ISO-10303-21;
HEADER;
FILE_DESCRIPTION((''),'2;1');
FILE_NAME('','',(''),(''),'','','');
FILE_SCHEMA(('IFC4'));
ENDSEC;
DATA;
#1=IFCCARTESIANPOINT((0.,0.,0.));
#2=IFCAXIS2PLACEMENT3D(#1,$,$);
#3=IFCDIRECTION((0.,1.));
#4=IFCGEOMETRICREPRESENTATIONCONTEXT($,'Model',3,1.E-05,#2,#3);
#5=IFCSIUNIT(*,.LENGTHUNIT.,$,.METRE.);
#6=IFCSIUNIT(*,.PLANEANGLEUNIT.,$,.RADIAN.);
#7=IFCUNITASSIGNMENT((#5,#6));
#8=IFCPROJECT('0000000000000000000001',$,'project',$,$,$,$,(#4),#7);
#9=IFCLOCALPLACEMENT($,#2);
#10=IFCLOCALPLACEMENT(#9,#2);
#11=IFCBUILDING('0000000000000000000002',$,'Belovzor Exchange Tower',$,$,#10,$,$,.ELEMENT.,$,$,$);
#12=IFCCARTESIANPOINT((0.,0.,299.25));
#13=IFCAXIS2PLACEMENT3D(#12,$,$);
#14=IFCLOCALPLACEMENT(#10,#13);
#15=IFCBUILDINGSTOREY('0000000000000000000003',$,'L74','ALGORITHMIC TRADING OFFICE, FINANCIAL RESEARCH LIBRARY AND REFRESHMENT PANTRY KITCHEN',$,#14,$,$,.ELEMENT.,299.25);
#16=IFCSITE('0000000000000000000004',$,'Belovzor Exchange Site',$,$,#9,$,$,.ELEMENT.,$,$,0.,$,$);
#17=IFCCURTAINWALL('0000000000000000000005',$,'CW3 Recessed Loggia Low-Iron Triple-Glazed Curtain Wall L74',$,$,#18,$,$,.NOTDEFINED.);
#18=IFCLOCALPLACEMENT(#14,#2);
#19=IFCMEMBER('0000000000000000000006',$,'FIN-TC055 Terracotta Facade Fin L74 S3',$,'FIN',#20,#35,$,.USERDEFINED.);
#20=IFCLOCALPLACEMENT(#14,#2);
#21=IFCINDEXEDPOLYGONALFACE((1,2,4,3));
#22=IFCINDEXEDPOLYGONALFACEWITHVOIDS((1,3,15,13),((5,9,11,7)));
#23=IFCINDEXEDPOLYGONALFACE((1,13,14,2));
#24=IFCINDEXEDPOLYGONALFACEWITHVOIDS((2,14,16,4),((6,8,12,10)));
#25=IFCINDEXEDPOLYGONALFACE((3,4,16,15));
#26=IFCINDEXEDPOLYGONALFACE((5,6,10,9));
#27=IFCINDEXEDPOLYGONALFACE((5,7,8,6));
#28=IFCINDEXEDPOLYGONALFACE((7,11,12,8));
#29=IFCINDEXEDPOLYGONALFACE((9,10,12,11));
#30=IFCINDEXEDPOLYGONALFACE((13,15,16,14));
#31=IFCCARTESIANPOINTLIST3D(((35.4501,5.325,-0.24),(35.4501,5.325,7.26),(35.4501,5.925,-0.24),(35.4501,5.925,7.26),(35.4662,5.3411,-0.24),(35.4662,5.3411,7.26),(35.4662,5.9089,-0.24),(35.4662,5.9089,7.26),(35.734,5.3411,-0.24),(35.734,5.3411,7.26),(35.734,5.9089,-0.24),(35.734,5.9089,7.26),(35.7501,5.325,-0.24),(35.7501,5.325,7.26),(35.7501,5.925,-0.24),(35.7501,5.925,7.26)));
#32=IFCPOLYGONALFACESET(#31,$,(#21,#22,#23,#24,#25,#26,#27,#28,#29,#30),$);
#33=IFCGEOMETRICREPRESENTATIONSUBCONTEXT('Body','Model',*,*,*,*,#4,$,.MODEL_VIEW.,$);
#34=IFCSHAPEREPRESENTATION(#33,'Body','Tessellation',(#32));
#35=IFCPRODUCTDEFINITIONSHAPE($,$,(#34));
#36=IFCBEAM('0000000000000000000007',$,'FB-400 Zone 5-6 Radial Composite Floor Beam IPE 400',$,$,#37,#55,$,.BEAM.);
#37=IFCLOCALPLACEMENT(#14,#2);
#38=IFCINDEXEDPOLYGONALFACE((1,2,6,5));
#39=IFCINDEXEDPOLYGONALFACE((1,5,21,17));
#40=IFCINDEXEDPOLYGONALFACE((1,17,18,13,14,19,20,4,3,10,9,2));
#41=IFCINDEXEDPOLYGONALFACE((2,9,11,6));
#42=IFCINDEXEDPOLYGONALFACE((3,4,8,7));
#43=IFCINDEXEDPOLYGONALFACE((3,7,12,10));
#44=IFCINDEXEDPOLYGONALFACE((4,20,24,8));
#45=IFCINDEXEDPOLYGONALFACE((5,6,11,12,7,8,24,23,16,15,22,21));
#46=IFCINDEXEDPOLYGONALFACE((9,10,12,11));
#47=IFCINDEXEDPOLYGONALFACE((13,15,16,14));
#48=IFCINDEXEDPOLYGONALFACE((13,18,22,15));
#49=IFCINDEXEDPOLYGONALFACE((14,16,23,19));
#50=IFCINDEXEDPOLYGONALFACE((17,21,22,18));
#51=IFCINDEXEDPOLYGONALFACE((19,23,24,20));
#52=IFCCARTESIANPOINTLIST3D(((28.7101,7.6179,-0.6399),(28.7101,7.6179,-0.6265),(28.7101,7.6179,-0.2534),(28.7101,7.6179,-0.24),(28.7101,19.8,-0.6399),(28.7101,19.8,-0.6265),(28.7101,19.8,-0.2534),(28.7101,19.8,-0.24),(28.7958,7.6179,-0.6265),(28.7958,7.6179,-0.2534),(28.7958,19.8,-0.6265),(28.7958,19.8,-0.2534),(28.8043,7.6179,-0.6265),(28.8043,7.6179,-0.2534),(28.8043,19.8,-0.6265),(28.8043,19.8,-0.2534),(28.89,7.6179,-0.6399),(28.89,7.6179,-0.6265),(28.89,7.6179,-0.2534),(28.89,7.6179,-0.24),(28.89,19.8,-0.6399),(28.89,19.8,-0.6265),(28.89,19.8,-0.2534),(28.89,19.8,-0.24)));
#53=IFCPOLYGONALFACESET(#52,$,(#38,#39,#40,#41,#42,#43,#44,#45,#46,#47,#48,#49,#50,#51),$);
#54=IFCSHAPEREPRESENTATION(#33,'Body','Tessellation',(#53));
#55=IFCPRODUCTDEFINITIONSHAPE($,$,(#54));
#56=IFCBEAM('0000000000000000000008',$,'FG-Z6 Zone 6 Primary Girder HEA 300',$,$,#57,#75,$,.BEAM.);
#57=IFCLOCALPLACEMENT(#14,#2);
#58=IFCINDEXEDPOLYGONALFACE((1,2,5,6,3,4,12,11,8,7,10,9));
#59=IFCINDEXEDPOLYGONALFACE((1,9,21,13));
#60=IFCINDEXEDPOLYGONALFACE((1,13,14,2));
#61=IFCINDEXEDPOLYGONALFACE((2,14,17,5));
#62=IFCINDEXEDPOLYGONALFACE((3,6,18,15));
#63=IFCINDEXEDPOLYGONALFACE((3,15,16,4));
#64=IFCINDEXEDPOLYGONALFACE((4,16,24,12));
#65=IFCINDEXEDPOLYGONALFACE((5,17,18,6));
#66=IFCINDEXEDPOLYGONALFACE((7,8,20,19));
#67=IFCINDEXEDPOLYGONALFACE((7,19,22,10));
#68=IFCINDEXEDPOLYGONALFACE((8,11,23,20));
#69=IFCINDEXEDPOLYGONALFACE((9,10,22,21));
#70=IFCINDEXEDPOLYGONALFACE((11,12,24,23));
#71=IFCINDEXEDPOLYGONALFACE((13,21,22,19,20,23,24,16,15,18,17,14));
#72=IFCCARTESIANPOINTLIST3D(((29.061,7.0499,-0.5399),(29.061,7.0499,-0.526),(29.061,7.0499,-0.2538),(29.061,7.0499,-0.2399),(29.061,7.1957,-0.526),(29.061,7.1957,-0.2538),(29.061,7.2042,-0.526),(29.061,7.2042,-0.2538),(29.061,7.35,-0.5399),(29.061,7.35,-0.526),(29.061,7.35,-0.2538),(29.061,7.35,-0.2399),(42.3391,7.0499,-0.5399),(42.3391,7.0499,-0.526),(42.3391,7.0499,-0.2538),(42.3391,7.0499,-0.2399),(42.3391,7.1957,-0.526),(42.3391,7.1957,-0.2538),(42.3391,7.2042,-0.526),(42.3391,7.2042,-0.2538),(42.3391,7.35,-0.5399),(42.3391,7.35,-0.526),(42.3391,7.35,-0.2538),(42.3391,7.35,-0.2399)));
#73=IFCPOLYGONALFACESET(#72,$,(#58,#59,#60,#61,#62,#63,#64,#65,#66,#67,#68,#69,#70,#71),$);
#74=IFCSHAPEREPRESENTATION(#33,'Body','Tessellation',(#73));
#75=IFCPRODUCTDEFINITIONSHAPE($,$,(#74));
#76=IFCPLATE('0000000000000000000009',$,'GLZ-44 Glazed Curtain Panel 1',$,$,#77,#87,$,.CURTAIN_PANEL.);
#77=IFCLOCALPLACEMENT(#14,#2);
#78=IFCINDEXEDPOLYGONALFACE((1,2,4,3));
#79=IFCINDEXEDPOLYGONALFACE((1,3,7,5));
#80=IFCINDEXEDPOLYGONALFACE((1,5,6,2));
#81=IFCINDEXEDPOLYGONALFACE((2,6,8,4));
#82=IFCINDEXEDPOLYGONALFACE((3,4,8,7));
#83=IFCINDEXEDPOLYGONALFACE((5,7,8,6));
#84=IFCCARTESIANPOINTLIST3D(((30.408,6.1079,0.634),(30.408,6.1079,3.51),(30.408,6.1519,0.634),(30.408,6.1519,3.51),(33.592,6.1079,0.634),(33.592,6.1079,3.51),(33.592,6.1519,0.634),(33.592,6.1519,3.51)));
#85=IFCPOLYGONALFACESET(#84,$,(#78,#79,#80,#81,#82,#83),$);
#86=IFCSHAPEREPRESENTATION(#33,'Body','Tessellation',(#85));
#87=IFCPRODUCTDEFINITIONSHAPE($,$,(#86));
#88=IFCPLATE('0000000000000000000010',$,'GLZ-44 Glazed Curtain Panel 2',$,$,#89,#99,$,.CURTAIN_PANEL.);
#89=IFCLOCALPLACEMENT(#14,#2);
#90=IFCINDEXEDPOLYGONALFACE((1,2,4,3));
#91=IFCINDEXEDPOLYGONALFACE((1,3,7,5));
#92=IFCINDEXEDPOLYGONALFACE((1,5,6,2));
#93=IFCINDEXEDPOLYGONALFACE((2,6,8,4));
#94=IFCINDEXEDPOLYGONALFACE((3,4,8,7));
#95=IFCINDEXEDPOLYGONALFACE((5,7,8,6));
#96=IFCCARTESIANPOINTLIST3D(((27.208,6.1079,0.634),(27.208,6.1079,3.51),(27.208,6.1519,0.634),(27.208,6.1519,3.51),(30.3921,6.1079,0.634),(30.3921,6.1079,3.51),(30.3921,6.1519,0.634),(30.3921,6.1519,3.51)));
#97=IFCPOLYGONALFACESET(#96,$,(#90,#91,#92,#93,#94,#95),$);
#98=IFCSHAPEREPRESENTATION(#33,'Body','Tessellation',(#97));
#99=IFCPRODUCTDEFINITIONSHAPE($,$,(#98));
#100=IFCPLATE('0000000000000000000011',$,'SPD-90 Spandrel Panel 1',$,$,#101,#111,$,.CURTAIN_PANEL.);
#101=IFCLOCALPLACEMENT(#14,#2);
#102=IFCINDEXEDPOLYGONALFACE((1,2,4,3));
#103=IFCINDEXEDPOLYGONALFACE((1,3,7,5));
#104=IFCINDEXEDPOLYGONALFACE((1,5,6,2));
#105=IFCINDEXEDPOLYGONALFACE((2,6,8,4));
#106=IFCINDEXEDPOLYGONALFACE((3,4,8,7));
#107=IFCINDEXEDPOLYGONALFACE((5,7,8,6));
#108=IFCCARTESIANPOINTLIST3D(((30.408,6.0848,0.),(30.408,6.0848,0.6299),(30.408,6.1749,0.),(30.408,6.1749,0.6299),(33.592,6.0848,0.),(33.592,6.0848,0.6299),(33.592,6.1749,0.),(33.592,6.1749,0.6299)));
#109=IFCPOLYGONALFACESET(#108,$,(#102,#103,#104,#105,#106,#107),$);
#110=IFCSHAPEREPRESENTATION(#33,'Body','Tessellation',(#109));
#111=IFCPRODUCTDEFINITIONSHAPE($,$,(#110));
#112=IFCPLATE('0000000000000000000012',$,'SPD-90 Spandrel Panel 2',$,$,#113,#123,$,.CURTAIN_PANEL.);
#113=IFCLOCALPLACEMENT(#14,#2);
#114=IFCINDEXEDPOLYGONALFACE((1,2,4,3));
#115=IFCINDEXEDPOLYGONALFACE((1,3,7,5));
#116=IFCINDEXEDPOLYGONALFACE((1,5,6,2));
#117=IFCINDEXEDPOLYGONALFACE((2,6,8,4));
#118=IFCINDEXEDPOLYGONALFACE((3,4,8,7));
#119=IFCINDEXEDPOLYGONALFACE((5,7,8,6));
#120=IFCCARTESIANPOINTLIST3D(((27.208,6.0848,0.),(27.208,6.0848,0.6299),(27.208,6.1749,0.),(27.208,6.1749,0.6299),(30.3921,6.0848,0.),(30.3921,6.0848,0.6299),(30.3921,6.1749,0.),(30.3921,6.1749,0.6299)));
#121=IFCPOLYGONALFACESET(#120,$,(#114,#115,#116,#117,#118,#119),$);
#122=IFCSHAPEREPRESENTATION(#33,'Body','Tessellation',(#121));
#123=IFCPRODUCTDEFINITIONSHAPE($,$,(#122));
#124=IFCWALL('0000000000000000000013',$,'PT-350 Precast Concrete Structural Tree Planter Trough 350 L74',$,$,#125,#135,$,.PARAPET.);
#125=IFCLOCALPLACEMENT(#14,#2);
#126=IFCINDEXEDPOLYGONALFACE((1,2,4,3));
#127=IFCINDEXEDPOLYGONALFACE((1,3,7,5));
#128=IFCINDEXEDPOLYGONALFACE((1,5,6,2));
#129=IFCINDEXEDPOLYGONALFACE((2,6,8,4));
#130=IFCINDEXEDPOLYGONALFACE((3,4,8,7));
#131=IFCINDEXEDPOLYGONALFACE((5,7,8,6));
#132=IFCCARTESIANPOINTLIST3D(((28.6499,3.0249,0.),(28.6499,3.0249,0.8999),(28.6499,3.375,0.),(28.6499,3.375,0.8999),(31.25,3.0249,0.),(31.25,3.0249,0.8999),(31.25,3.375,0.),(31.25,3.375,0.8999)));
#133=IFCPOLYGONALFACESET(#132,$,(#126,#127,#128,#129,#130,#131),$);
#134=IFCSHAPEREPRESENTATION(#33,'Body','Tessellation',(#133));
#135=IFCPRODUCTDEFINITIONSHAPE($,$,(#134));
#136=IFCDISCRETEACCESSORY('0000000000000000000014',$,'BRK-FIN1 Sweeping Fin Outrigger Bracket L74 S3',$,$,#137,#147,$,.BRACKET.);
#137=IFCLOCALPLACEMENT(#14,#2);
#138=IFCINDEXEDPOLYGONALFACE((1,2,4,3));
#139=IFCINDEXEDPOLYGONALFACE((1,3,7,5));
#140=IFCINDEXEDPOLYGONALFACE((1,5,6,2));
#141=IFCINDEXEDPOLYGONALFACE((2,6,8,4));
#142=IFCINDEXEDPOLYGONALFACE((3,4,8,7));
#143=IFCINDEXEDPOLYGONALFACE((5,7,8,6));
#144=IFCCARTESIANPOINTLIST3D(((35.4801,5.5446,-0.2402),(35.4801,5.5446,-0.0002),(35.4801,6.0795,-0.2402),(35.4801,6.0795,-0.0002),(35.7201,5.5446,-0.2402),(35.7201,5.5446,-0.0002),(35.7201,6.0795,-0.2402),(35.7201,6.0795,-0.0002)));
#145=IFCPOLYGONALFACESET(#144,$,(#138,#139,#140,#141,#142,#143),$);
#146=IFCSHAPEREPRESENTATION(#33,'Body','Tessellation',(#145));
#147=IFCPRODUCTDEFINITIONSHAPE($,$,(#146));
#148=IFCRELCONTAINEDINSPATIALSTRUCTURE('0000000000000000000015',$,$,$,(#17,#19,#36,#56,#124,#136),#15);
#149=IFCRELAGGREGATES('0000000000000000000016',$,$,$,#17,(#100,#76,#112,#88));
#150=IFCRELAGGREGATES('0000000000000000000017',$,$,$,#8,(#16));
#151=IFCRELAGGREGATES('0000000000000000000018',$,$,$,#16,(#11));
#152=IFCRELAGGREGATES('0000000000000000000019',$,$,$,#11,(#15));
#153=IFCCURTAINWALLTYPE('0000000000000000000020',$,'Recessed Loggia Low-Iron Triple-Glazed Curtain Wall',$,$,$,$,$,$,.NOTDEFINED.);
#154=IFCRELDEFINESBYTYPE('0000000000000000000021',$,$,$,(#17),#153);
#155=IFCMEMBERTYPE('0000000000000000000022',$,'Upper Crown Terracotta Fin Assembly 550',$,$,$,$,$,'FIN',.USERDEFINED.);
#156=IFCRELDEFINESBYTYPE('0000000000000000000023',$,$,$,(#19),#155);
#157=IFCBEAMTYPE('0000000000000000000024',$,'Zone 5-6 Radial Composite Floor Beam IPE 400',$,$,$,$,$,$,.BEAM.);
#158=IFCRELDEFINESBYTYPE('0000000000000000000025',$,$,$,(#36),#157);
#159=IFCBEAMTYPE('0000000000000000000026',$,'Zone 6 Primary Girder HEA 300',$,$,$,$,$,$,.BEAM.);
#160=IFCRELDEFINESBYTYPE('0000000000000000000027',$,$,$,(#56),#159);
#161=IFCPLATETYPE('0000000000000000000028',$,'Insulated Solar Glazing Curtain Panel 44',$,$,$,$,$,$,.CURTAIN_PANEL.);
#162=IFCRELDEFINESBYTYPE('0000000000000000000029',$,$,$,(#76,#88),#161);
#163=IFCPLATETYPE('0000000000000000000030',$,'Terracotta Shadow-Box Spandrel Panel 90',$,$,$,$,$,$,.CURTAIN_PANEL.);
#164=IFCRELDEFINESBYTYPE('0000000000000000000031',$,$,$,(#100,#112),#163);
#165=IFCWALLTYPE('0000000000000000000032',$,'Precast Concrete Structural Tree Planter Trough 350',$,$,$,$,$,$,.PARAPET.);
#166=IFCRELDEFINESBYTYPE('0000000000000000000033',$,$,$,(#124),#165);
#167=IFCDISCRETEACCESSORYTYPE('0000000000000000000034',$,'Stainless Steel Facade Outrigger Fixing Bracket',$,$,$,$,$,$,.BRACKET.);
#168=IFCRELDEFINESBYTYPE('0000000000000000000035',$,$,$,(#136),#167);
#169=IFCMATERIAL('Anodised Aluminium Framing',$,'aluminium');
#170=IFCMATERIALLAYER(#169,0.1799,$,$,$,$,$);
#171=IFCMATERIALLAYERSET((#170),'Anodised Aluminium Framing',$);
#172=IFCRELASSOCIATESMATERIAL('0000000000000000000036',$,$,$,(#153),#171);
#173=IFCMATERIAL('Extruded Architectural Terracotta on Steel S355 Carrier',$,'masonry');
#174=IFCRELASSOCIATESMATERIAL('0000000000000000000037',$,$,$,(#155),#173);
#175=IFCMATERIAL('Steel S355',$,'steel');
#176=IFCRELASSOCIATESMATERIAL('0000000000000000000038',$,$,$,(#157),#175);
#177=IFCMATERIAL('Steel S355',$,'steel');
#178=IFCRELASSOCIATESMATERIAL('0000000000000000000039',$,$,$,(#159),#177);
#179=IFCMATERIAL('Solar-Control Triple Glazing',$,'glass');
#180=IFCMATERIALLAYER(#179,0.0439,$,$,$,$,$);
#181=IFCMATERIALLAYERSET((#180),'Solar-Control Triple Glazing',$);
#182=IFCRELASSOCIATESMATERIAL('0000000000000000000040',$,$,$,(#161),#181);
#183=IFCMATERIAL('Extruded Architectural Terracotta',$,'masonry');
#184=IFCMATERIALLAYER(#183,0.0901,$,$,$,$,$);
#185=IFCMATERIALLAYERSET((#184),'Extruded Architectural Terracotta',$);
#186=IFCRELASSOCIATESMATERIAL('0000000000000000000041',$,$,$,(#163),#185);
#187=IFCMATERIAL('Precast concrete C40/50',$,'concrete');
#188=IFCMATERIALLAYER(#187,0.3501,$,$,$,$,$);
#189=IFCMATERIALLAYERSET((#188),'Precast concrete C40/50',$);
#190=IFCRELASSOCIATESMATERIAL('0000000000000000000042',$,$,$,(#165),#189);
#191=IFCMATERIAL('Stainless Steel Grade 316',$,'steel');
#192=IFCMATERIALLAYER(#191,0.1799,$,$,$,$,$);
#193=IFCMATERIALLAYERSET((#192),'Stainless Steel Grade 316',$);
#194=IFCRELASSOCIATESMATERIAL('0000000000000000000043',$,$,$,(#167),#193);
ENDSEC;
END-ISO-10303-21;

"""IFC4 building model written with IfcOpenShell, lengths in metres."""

from ifc_helpers import new_model, si_unit, direction, frame, frame_2d, origin, origin_2d, place, context, subcontext, project, spatial, rectangle, hollow_rectangle, i_section, extrude, material, layer, layer_set, material_profile, profile_set, type_object, element, aggregate, save


model = new_model("IFC4")

# Units and contexts
model_context = context("Model", 3, precision=1e-05, world=origin(), true_north=direction((0.0, 1.0)))
body_context = subcontext(model_context, "Body", "Model", "MODEL_VIEW")
ifc_project = project(units=[si_unit("LENGTHUNIT", "METRE"), si_unit("PLANEANGLEUNIT", "RADIAN")], contexts=[model_context])

# Site, building, storey
site_placement = place(None, origin())
site = spatial("IfcSite", under=ifc_project, at=site_placement, Name="Belovzor Exchange Site", CompositionType="ELEMENT", RefElevation=0.0)
building_placement = place(site_placement, origin())
building = spatial("IfcBuilding", under=site, at=building_placement, Name="Belovzor Exchange Tower", CompositionType="ELEMENT")
storey_placement = place(building_placement, frame((0.0, 0.0, 299.25)))
storey = spatial("IfcBuildingStorey", under=building, at=storey_placement, Name="L74", Description="ALGORITHMIC TRADING OFFICE, FINANCIAL RESEARCH LIBRARY AND REFRESHMENT PANTRY KITCHEN", CompositionType="ELEMENT", Elevation=299.25)

# Curtain wall
ifc_material_1 = material(Name="Anodised Aluminium Framing", Category="aluminium")
ifc_layer_1 = layer(ifc_material_1, 0.1799)
ifc_layer_set_1 = layer_set([ifc_layer_1], Name="Anodised Aluminium Framing")
curtain_wall_type = type_object("IfcCurtainWallType", Name="Recessed Loggia Low-Iron Triple-Glazed Curtain Wall", PredefinedType="NOTDEFINED", material=ifc_layer_set_1)
curtain_wall_placement = place(storey_placement, origin())
curtain_wall = element("IfcCurtainWall", 1, at=curtain_wall_placement, inside=storey, type_object=curtain_wall_type, Name="CW3 Recessed Loggia Low-Iron Triple-Glazed Curtain Wall L74", PredefinedType="NOTDEFINED")

# Member
ifc_material_2 = material(Name="Extruded Architectural Terracotta on Steel S355 Carrier", Category="masonry")
ifc_material_profile_1 = material_profile(ifc_material_2, hollow_rectangle(XDim=0.3, YDim=0.6001, WallThickness=0.0161, at=origin_2d()))
ifc_profile_set_1 = profile_set([ifc_material_profile_1], Name="Extruded Architectural Terracotta on Steel S355 Carrier")
member_type_1 = type_object("IfcMemberType", Name="Upper Crown Terracotta Fin Assembly 550", ElementType="FIN", PredefinedType="USERDEFINED", material=ifc_profile_set_1)
member_1_placement = place(storey_placement, frame((35.6001, 5.625, -0.24), z_axis=(0.0, 0.0, 1.0), x_axis=(1.0, 0.0, 0.0)))
element("IfcMember", 2, at=member_1_placement, inside=storey, type_object=member_type_1, Name="FIN-TC055 Terracotta Facade Fin L74 S3", ObjectType="FIN", PredefinedType="USERDEFINED", context=body_context, shape_type="SweptSolid", body=[
    extrude(hollow_rectangle(XDim=0.3, YDim=0.6001, WallThickness=0.0161, at=origin_2d()), origin(), (0.0, 0.0, 1.0), 7.5),
])

# Beams
ifc_material_3 = material(Name="Steel S355", Category="steel")
ifc_material_profile_2 = material_profile(ifc_material_3, i_section(OverallWidth=0.1799, OverallDepth=0.3999, WebThickness=0.0085, FlangeThickness=0.0134, at=origin_2d()))
ifc_profile_set_2 = profile_set([ifc_material_profile_2], Name="Steel S355")
beam_type_1 = type_object("IfcBeamType", Name="Zone 5-6 Radial Composite Floor Beam IPE 400", PredefinedType="BEAM", material=ifc_profile_set_2)
beam_1_placement = place(storey_placement, frame((28.8, 19.8, -0.4399), z_axis=(0.0, -1.0, 0.0), x_axis=(1.0, 0.0, 0.0)))
element("IfcBeam", 3, at=beam_1_placement, inside=storey, type_object=beam_type_1, Name="FB-400 Zone 5-6 Radial Composite Floor Beam IPE 400", PredefinedType="BEAM", context=body_context, shape_type="SweptSolid", body=[
    extrude(i_section(OverallWidth=0.1799, OverallDepth=0.3999, WebThickness=0.0085, FlangeThickness=0.0134, at=origin_2d()), origin(), (0.0, 0.0, 1.0), 12.1821),
])
ifc_material_4 = material(Name="Steel S355", Category="steel")
ifc_material_profile_3 = material_profile(ifc_material_4, i_section(OverallWidth=0.3, OverallDepth=0.3, WebThickness=0.0085, FlangeThickness=0.0139, at=origin_2d()))
ifc_profile_set_3 = profile_set([ifc_material_profile_3], Name="Steel S355")
beam_type_2 = type_object("IfcBeamType", Name="Zone 6 Primary Girder HEA 300", PredefinedType="BEAM", material=ifc_profile_set_3)
beam_2_placement = place(storey_placement, frame((29.061, 7.2, -0.3899), z_axis=(1.0, 0.0, 0.0), x_axis=(0.0, 1.0, 0.0)))
element("IfcBeam", 4, at=beam_2_placement, inside=storey, type_object=beam_type_2, Name="FG-Z6 Zone 6 Primary Girder HEA 300", PredefinedType="BEAM", context=body_context, shape_type="SweptSolid", body=[
    extrude(i_section(OverallWidth=0.3, OverallDepth=0.3, WebThickness=0.0085, FlangeThickness=0.0139, at=origin_2d()), origin(), (0.0, 0.0, 1.0), 13.2781),
])

# Plates
ifc_material_5 = material(Name="Solar-Control Triple Glazing", Category="glass")
ifc_layer_2 = layer(ifc_material_5, 0.0439)
ifc_layer_set_2 = layer_set([ifc_layer_2], Name="Solar-Control Triple Glazing")
plate_type_1 = type_object("IfcPlateType", Name="Insulated Solar Glazing Curtain Panel 44", PredefinedType="CURTAIN_PANEL", material=ifc_layer_set_2)
plate_1_placement = place(storey_placement, frame((32.0, 6.1299, 0.634), z_axis=(0.0, 0.0, 1.0), x_axis=(-1.0, 0.0, 0.0)))
plate_1 = element("IfcPlate", 5, at=plate_1_placement, type_object=plate_type_1, Name="GLZ-44 Glazed Curtain Panel 1", PredefinedType="CURTAIN_PANEL", context=body_context, shape_type="SweptSolid", body=[
    extrude(rectangle(XDim=3.1841, YDim=0.0439, at=origin_2d()), origin(), (0.0, 0.0, 1.0), 2.876),
])
plate_2_placement = place(storey_placement, frame((28.8, 6.1299, 0.634), z_axis=(0.0, 0.0, 1.0), x_axis=(-1.0, 0.0, 0.0)))
plate_2 = element("IfcPlate", 6, at=plate_2_placement, type_object=plate_type_1, Name="GLZ-44 Glazed Curtain Panel 2", PredefinedType="CURTAIN_PANEL", context=body_context, shape_type="SweptSolid", body=[
    extrude(rectangle(XDim=3.1841, YDim=0.0439, at=origin_2d()), origin(), (0.0, 0.0, 1.0), 2.876),
])
ifc_material_6 = material(Name="Extruded Architectural Terracotta", Category="masonry")
ifc_layer_3 = layer(ifc_material_6, 0.0901)
ifc_layer_set_3 = layer_set([ifc_layer_3], Name="Extruded Architectural Terracotta")
plate_type_2 = type_object("IfcPlateType", Name="Terracotta Shadow-Box Spandrel Panel 90", PredefinedType="CURTAIN_PANEL", material=ifc_layer_set_3)
plate_3_placement = place(storey_placement, frame((32.0, 6.1299, 0.0), z_axis=(0.0, 0.0, 1.0), x_axis=(-1.0, 0.0, 0.0)))
plate_3 = element("IfcPlate", 7, at=plate_3_placement, type_object=plate_type_2, Name="SPD-90 Spandrel Panel 1", PredefinedType="CURTAIN_PANEL", context=body_context, shape_type="SweptSolid", body=[
    extrude(rectangle(XDim=3.1841, YDim=0.0901, at=origin_2d()), origin(), (0.0, 0.0, 1.0), 0.6299),
])
plate_4_placement = place(storey_placement, frame((28.8, 6.1299, 0.0), z_axis=(0.0, 0.0, 1.0), x_axis=(-1.0, 0.0, 0.0)))
plate_4 = element("IfcPlate", 8, at=plate_4_placement, type_object=plate_type_2, Name="SPD-90 Spandrel Panel 2", PredefinedType="CURTAIN_PANEL", context=body_context, shape_type="SweptSolid", body=[
    extrude(rectangle(XDim=3.1841, YDim=0.0901, at=origin_2d()), origin(), (0.0, 0.0, 1.0), 0.6299),
])
aggregate(curtain_wall, [plate_3, plate_1, plate_4, plate_2])

# Wall
ifc_material_7 = material(Name="Precast concrete C40/50", Category="concrete")
ifc_layer_4 = layer(ifc_material_7, 0.3501)
ifc_layer_set_4 = layer_set([ifc_layer_4], Name="Precast concrete C40/50")
wall_type = type_object("IfcWallType", Name="Precast Concrete Structural Tree Planter Trough 350", PredefinedType="PARAPET", material=ifc_layer_set_4)
wall_placement = place(storey_placement, frame((28.6499, 3.2, 0.0), z_axis=(0.0, 0.0, 1.0), x_axis=(1.0, 0.0, 0.0)))
element("IfcWall", 9, at=wall_placement, inside=storey, type_object=wall_type, Name="PT-350 Precast Concrete Structural Tree Planter Trough 350 L74", PredefinedType="PARAPET", context=body_context, shape_type="SweptSolid", body=[
    extrude(rectangle(XDim=2.6001, YDim=0.3501, at=frame_2d((1.3, 0.0))), origin(), (0.0, 0.0, 1.0), 0.8999),
])

# Discrete accessory
ifc_material_8 = material(Name="Stainless Steel Grade 316", Category="steel")
ifc_layer_5 = layer(ifc_material_8, 0.1799)
ifc_layer_set_5 = layer_set([ifc_layer_5], Name="Stainless Steel Grade 316")
discrete_accessory_type = type_object("IfcDiscreteAccessoryType", Name="Stainless Steel Facade Outrigger Fixing Bracket", PredefinedType="BRACKET", material=ifc_layer_set_5)
discrete_accessory_placement = place(storey_placement, frame((35.6001, 5.812, -0.2402), z_axis=(0.0, 0.0, 1.0), x_axis=(0.0, 1.0, 0.0)))
element("IfcDiscreteAccessory", 10, at=discrete_accessory_placement, inside=storey, type_object=discrete_accessory_type, Name="BRK-FIN1 Sweeping Fin Outrigger Bracket L74 S3", PredefinedType="BRACKET", context=body_context, shape_type="SweptSolid", body=[
    extrude(rectangle(XDim=0.5349, YDim=0.24, at=origin_2d()), origin(), (0.0, 0.0, 1.0), 0.24),
])

save(model, "model.ifc")
